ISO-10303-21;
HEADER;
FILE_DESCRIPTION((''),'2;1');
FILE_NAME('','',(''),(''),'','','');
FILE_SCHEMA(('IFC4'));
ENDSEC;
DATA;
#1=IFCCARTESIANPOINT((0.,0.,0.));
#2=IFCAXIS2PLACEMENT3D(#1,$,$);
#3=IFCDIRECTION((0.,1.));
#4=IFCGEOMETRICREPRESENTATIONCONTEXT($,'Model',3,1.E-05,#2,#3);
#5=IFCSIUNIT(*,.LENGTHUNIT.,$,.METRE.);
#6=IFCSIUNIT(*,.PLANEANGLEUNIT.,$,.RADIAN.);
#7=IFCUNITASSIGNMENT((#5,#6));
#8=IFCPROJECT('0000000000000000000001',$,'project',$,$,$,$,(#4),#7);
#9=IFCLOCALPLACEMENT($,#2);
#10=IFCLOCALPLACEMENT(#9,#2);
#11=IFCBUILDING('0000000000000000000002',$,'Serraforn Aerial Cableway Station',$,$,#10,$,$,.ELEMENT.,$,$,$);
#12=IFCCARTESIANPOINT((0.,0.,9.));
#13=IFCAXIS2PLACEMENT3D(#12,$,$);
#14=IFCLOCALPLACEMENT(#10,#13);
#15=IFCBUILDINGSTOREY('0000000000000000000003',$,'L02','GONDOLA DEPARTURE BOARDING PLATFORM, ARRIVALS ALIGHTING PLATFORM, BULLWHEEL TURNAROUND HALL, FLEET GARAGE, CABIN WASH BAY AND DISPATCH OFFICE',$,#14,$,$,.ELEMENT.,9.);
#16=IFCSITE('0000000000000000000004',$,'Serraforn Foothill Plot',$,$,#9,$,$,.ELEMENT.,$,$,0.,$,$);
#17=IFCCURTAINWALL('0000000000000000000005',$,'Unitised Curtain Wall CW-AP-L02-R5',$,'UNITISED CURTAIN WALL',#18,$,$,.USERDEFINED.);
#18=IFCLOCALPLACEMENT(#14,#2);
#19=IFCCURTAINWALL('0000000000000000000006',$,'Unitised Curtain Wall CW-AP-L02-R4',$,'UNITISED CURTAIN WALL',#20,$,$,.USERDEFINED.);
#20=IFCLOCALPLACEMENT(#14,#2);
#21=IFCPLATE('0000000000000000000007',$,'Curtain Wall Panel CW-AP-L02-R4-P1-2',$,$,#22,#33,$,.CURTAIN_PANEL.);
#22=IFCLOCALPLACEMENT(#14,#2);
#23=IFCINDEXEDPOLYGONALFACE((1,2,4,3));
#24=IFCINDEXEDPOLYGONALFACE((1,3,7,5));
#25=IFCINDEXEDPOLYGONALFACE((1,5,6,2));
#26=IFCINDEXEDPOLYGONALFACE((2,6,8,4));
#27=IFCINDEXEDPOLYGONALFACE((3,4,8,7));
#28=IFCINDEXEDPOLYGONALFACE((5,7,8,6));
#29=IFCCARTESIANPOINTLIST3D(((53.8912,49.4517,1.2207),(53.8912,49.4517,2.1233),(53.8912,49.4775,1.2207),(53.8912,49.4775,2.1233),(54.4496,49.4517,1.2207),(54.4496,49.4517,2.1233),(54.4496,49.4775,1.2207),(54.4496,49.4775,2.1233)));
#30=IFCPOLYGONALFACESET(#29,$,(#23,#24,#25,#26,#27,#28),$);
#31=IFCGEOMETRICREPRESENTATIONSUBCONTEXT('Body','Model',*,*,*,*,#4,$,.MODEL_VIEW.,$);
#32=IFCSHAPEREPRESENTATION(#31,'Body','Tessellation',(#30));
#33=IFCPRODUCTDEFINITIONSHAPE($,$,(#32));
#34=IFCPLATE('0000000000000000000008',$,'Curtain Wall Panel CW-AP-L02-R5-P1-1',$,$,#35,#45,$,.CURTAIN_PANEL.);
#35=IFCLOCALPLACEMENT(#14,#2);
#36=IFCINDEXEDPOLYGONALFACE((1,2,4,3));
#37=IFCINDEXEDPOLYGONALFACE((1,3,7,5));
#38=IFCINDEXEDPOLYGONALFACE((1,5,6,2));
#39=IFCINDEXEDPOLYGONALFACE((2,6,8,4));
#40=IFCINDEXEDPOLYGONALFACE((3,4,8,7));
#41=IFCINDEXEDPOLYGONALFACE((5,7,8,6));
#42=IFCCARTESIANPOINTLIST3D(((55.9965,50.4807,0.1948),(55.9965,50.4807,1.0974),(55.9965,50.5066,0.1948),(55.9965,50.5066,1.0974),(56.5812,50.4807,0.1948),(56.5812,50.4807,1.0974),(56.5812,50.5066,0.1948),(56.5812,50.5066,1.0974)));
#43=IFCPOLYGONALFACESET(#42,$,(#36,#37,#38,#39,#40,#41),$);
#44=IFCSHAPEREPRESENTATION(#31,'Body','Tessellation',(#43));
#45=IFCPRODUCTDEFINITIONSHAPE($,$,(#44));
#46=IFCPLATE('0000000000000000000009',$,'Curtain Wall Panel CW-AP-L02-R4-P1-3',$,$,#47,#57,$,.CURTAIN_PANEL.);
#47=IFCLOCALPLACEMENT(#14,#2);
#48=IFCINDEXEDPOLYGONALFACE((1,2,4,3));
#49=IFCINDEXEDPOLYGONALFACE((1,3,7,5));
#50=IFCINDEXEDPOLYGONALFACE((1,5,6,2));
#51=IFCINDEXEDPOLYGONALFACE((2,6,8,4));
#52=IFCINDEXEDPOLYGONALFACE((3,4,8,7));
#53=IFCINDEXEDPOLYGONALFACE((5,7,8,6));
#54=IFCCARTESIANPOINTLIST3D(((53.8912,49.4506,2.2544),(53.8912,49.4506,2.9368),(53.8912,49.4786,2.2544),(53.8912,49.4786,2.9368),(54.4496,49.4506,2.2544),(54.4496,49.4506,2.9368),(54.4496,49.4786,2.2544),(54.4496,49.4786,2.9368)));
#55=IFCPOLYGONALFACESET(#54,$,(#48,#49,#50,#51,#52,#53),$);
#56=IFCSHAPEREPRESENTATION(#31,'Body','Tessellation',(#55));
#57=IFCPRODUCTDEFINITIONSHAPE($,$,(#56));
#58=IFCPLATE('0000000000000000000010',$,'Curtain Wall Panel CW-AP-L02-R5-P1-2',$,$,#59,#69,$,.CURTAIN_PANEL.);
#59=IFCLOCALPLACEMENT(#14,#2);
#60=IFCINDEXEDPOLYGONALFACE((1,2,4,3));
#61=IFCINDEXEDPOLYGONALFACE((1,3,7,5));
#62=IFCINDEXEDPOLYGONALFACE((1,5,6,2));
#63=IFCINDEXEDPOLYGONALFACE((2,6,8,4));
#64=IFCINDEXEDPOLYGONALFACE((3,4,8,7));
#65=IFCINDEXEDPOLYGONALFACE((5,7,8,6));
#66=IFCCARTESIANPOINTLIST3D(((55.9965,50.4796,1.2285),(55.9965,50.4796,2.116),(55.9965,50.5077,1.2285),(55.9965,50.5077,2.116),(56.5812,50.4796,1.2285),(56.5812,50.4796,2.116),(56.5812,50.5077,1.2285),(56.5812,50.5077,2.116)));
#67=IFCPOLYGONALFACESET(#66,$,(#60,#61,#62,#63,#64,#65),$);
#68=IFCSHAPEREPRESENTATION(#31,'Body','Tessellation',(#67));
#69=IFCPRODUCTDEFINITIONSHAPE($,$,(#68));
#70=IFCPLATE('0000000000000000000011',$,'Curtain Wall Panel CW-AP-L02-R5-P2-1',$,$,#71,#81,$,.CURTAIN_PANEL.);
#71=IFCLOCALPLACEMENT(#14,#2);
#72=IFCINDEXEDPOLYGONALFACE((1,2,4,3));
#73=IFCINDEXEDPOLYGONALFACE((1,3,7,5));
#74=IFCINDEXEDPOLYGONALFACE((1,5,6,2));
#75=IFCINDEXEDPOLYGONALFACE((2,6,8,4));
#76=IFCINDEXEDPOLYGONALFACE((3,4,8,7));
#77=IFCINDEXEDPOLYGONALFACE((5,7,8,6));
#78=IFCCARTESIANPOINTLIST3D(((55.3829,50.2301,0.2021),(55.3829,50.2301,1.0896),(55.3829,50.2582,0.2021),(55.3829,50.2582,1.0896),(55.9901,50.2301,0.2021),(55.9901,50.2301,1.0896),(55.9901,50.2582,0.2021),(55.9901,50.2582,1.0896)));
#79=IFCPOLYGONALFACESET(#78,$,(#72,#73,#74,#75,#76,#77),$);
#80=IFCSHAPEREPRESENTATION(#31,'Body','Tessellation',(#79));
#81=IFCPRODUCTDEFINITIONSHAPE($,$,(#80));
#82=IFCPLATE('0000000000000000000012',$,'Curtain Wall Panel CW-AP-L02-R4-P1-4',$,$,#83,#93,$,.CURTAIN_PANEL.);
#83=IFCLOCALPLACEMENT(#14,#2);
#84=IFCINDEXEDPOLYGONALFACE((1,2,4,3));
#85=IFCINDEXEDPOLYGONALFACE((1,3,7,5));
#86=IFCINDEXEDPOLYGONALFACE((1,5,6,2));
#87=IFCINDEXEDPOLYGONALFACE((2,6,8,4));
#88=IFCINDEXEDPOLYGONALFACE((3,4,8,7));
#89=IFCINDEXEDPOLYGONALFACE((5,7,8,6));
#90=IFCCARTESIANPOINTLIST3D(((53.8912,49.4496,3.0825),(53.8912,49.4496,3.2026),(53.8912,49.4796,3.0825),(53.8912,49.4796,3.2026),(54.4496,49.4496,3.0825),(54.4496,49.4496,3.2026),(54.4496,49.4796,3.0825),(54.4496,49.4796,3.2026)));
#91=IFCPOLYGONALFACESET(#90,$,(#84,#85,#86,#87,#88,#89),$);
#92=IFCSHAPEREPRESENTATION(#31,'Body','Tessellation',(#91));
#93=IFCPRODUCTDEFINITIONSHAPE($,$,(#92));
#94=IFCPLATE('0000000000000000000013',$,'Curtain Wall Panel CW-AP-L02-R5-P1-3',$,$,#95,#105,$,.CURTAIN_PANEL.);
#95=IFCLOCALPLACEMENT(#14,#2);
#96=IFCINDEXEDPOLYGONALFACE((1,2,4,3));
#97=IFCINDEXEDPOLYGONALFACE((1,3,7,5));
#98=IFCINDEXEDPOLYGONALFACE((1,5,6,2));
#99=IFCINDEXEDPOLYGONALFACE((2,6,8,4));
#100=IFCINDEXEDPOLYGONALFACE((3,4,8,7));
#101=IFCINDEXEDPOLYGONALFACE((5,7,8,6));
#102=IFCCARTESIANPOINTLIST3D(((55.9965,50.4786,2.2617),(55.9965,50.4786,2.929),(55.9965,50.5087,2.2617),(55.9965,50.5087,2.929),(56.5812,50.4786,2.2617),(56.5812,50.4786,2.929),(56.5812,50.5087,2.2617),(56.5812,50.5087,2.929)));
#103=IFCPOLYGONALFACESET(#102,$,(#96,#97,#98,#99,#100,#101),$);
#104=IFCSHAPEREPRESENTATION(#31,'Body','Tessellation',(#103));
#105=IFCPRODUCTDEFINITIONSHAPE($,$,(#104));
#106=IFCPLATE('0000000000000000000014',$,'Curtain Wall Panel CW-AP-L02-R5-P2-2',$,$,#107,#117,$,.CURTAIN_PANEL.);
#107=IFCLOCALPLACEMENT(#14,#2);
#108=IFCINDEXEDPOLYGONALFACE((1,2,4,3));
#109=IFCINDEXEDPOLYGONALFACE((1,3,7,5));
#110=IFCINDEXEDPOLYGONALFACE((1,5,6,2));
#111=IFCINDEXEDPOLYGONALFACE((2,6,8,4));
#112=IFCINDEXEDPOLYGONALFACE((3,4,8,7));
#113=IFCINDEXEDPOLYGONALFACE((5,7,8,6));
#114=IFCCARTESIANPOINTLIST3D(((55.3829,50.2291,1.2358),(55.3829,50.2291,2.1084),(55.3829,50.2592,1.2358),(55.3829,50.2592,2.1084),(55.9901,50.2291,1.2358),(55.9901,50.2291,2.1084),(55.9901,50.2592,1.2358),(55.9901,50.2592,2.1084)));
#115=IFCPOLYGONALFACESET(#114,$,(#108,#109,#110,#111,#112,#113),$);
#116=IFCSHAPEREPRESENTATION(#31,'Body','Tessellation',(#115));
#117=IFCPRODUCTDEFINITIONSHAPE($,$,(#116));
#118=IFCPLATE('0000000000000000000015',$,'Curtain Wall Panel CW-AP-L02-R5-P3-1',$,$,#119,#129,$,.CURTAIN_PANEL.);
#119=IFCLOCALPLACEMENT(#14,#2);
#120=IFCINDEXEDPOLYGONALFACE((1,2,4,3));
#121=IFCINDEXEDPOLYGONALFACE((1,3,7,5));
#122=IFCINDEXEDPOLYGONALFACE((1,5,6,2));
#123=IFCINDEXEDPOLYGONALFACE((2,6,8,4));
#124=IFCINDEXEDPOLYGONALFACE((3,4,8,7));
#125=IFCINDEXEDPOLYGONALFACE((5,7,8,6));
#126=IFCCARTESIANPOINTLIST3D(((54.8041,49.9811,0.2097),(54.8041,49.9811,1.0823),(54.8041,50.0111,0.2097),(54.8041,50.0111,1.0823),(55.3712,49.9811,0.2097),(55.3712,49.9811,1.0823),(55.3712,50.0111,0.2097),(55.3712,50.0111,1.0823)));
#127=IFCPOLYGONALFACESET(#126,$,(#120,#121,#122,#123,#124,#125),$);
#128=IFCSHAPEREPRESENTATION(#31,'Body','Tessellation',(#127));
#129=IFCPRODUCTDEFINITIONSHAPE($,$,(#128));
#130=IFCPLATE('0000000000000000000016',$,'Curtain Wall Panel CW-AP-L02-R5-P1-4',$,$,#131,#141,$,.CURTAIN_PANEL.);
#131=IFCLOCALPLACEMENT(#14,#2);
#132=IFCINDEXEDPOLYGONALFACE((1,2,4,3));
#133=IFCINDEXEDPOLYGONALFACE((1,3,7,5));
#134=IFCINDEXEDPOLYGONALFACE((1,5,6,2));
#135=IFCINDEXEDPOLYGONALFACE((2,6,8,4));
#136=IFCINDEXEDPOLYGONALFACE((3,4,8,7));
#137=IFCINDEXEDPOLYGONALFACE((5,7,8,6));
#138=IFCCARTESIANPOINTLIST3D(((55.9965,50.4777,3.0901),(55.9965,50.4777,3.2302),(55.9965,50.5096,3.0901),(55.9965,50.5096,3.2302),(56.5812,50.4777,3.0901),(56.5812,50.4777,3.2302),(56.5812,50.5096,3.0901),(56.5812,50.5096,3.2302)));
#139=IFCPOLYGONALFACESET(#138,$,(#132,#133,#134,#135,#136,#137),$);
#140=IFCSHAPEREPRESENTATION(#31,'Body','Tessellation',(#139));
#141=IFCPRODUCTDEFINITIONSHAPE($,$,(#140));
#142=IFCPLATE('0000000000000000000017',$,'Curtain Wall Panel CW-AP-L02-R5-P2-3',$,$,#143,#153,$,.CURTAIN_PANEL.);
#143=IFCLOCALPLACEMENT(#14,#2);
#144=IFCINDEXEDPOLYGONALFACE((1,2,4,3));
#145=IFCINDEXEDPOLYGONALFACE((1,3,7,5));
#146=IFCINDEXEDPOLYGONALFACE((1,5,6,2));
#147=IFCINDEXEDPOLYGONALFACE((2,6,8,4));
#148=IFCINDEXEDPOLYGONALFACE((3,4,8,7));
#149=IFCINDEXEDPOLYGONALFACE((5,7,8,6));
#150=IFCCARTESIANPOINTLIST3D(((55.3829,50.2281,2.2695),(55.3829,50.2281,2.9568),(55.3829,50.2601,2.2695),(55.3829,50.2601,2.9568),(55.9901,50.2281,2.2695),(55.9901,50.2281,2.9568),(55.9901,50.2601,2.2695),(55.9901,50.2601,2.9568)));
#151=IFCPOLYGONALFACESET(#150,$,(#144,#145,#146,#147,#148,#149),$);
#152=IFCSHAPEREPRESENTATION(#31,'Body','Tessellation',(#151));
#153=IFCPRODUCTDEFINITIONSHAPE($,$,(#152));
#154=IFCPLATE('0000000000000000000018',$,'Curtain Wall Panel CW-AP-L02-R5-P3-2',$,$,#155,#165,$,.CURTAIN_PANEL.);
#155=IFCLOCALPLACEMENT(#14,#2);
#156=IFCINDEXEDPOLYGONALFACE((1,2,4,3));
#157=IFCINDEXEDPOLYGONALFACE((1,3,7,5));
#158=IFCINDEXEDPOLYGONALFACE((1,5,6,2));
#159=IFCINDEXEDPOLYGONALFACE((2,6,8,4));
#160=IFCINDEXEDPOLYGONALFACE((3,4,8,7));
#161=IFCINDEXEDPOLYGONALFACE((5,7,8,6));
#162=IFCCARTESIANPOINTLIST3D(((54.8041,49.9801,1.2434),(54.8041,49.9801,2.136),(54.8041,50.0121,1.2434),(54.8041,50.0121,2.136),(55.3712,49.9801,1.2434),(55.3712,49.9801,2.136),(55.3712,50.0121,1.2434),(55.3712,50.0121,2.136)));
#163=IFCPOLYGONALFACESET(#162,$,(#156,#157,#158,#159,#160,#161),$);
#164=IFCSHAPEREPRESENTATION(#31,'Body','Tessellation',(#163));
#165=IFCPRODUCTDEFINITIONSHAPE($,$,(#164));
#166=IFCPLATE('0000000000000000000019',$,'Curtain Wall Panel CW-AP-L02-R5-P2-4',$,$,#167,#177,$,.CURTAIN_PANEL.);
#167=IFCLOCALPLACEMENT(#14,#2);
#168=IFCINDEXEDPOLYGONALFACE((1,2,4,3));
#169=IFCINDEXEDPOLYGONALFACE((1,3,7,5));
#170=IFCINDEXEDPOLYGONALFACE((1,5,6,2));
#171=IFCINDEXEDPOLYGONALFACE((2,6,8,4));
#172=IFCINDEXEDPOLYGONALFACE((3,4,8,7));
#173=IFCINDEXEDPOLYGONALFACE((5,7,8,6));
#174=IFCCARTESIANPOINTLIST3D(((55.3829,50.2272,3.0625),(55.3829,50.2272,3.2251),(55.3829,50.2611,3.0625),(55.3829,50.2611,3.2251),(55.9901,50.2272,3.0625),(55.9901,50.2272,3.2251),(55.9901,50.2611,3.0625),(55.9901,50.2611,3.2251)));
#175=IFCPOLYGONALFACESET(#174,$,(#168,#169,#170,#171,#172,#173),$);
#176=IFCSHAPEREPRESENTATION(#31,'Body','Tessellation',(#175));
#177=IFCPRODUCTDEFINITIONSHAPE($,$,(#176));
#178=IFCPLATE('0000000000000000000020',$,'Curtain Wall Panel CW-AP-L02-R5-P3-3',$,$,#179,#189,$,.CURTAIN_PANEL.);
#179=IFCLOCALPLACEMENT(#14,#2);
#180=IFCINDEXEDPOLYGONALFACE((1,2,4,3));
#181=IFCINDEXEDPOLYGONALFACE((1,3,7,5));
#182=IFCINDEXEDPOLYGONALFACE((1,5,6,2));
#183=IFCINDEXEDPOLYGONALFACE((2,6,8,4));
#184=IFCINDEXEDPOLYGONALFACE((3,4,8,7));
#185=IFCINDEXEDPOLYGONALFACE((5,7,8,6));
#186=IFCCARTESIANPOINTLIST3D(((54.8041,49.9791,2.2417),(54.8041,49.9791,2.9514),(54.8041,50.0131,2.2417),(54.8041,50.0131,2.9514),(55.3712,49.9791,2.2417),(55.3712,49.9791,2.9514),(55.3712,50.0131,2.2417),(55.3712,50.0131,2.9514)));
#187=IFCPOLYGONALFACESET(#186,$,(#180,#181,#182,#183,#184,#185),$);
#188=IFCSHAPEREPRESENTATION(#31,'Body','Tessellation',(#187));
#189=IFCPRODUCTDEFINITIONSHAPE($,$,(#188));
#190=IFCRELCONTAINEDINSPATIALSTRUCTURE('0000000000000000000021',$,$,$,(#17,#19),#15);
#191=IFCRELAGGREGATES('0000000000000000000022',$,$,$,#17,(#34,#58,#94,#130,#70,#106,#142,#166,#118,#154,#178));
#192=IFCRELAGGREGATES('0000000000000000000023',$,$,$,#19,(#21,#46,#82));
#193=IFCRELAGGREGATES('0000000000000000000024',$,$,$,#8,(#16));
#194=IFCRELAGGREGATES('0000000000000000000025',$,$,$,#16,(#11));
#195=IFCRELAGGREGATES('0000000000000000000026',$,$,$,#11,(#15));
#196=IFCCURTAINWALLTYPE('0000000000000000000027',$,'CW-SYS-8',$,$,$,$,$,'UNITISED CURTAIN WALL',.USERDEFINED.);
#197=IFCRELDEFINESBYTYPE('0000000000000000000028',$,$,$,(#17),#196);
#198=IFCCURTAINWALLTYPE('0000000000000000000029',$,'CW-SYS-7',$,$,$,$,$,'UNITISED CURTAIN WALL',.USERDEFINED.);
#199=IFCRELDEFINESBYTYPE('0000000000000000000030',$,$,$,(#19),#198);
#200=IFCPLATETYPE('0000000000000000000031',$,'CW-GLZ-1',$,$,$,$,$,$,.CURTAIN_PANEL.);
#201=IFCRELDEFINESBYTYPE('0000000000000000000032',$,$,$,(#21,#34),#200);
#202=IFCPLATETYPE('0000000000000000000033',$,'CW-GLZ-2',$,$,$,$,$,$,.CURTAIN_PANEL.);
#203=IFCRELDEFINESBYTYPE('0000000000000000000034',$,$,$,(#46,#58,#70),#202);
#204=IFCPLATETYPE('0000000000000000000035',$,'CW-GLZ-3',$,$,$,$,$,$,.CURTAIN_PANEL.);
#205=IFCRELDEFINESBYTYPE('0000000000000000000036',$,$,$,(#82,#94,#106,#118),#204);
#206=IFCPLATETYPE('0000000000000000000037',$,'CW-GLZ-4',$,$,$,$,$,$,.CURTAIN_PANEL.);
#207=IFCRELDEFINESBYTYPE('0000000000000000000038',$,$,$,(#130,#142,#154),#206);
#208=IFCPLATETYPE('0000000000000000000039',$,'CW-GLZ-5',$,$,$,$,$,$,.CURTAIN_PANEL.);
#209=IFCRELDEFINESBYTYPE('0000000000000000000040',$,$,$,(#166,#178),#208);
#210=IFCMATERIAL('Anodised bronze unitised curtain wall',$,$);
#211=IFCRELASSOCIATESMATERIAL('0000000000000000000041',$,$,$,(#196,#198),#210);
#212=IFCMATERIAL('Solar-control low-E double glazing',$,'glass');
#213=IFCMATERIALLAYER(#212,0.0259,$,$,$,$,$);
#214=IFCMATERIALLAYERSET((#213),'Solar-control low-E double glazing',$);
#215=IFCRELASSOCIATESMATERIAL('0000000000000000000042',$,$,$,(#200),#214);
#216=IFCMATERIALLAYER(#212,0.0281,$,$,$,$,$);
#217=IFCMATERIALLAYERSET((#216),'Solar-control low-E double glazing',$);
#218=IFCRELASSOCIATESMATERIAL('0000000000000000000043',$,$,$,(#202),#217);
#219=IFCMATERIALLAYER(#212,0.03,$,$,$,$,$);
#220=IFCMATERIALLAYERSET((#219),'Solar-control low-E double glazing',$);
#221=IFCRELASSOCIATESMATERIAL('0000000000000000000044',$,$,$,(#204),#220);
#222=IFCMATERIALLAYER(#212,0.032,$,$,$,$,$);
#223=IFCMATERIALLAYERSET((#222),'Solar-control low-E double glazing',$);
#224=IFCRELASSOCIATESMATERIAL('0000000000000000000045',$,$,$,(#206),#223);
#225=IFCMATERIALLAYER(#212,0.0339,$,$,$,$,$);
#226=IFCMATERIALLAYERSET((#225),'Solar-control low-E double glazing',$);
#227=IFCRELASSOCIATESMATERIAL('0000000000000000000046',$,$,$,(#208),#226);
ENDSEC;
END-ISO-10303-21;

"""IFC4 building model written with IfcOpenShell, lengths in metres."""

from ifc_helpers import new_model, si_unit, direction, frame, origin, origin_2d, place, context, subcontext, project, spatial, rectangle, extrude, material, layer, layer_set, type_object, element, aggregate, save


model = new_model("IFC4")

# Units and contexts
model_context = context("Model", 3, precision=1e-05, world=origin(), true_north=direction((0.0, 1.0)))
body_context = subcontext(model_context, "Body", "Model", "MODEL_VIEW")
ifc_project = project(units=[si_unit("LENGTHUNIT", "METRE"), si_unit("PLANEANGLEUNIT", "RADIAN")], contexts=[model_context])

# Site, building, storey
site_placement = place(None, origin())
site = spatial("IfcSite", under=ifc_project, at=site_placement, Name="Serraforn Foothill Plot", CompositionType="ELEMENT", RefElevation=0.0)
building_placement = place(site_placement, origin())
building = spatial("IfcBuilding", under=site, at=building_placement, Name="Serraforn Aerial Cableway Station", CompositionType="ELEMENT")
storey_placement = place(building_placement, frame((0.0, 0.0, 9.0)))
storey = spatial("IfcBuildingStorey", under=building, at=storey_placement, Name="L02", Description="GONDOLA DEPARTURE BOARDING PLATFORM, ARRIVALS ALIGHTING PLATFORM, BULLWHEEL TURNAROUND HALL, FLEET GARAGE, CABIN WASH BAY AND DISPATCH OFFICE", CompositionType="ELEMENT", Elevation=9.0)

# Curtain walls
ifc_material_1 = material(Name="Anodised bronze unitised curtain wall")
curtain_wall_type_1 = type_object("IfcCurtainWallType", Name="CW-SYS-8", ElementType="UNITISED CURTAIN WALL", PredefinedType="USERDEFINED", material=ifc_material_1)
curtain_wall_1_placement = place(storey_placement, origin())
curtain_wall_1 = element("IfcCurtainWall", 1, at=curtain_wall_1_placement, inside=storey, type_object=curtain_wall_type_1, Name="Unitised Curtain Wall CW-AP-L02-R5", ObjectType="UNITISED CURTAIN WALL", PredefinedType="USERDEFINED")
curtain_wall_type_2 = type_object("IfcCurtainWallType", Name="CW-SYS-7", ElementType="UNITISED CURTAIN WALL", PredefinedType="USERDEFINED", material=ifc_material_1)
curtain_wall_2_placement = place(storey_placement, origin())
curtain_wall_2 = element("IfcCurtainWall", 2, at=curtain_wall_2_placement, inside=storey, type_object=curtain_wall_type_2, Name="Unitised Curtain Wall CW-AP-L02-R4", ObjectType="UNITISED CURTAIN WALL", PredefinedType="USERDEFINED")

# Plates
ifc_material_2 = material(Name="Solar-control low-E double glazing", Category="glass")
ifc_layer_1 = layer(ifc_material_2, 0.0259)
ifc_layer_set_1 = layer_set([ifc_layer_1], Name="Solar-control low-E double glazing")
plate_type_1 = type_object("IfcPlateType", Name="CW-GLZ-1", PredefinedType="CURTAIN_PANEL", material=ifc_layer_set_1)
plate_1_placement = place(storey_placement, frame((54.1704, 49.4646, 1.2207), z_axis=(0.0, 0.0, 1.0), x_axis=(1.0, 0.0, 0.0)))
plate_1 = element("IfcPlate", 3, at=plate_1_placement, type_object=plate_type_1, Name="Curtain Wall Panel CW-AP-L02-R4-P1-2", PredefinedType="CURTAIN_PANEL", context=body_context, shape_type="SweptSolid", body=[
    extrude(rectangle(XDim=0.5583, YDim=0.0259, at=origin_2d()), origin(), (0.0, 0.0, 1.0), 0.9026),
])
plate_2_placement = place(storey_placement, frame((56.2888, 50.4937, 0.1948), z_axis=(0.0, 0.0, 1.0), x_axis=(1.0, 0.0, 0.0)))
plate_2 = element("IfcPlate", 4, at=plate_2_placement, type_object=plate_type_1, Name="Curtain Wall Panel CW-AP-L02-R5-P1-1", PredefinedType="CURTAIN_PANEL", context=body_context, shape_type="SweptSolid", body=[
    extrude(rectangle(XDim=0.5847, YDim=0.0259, at=origin_2d()), origin(), (0.0, 0.0, 1.0), 0.9026),
])
ifc_layer_2 = layer(ifc_material_2, 0.0281)
ifc_layer_set_2 = layer_set([ifc_layer_2], Name="Solar-control low-E double glazing")
plate_type_2 = type_object("IfcPlateType", Name="CW-GLZ-2", PredefinedType="CURTAIN_PANEL", material=ifc_layer_set_2)
plate_3_placement = place(storey_placement, frame((54.1704, 49.4646, 2.2544), z_axis=(0.0, 0.0, 1.0), x_axis=(1.0, 0.0, 0.0)))
plate_3 = element("IfcPlate", 5, at=plate_3_placement, type_object=plate_type_2, Name="Curtain Wall Panel CW-AP-L02-R4-P1-3", PredefinedType="CURTAIN_PANEL", context=body_context, shape_type="SweptSolid", body=[
    extrude(rectangle(XDim=0.5583, YDim=0.0281, at=origin_2d()), origin(), (0.0, 0.0, 1.0), 0.6824),
])
plate_4_placement = place(storey_placement, frame((56.2888, 50.4937, 1.2285), z_axis=(0.0, 0.0, 1.0), x_axis=(1.0, 0.0, 0.0)))
plate_4 = element("IfcPlate", 6, at=plate_4_placement, type_object=plate_type_2, Name="Curtain Wall Panel CW-AP-L02-R5-P1-2", PredefinedType="CURTAIN_PANEL", context=body_context, shape_type="SweptSolid", body=[
    extrude(rectangle(XDim=0.5847, YDim=0.0281, at=origin_2d()), origin(), (0.0, 0.0, 1.0), 0.8875),
])
plate_5_placement = place(storey_placement, frame((55.6865, 50.2441, 0.2021), z_axis=(0.0, 0.0, 1.0), x_axis=(1.0, 0.0, 0.0)))
plate_5 = element("IfcPlate", 7, at=plate_5_placement, type_object=plate_type_2, Name="Curtain Wall Panel CW-AP-L02-R5-P2-1", PredefinedType="CURTAIN_PANEL", context=body_context, shape_type="SweptSolid", body=[
    extrude(rectangle(XDim=0.6072, YDim=0.0281, at=origin_2d()), origin(), (0.0, 0.0, 1.0), 0.8875),
])
ifc_layer_3 = layer(ifc_material_2, 0.03)
ifc_layer_set_3 = layer_set([ifc_layer_3], Name="Solar-control low-E double glazing")
plate_type_3 = type_object("IfcPlateType", Name="CW-GLZ-3", PredefinedType="CURTAIN_PANEL", material=ifc_layer_set_3)
plate_6_placement = place(storey_placement, frame((54.1704, 49.4646, 3.0825), z_axis=(0.0, 0.0, 1.0), x_axis=(1.0, 0.0, 0.0)))
plate_6 = element("IfcPlate", 8, at=plate_6_placement, type_object=plate_type_3, Name="Curtain Wall Panel CW-AP-L02-R4-P1-4", PredefinedType="CURTAIN_PANEL", context=body_context, shape_type="SweptSolid", body=[
    extrude(rectangle(XDim=0.5583, YDim=0.03, at=origin_2d()), origin(), (0.0, 0.0, 1.0), 0.1201),
])
plate_7_placement = place(storey_placement, frame((56.2888, 50.4937, 2.2617), z_axis=(0.0, 0.0, 1.0), x_axis=(1.0, 0.0, 0.0)))
plate_7 = element("IfcPlate", 9, at=plate_7_placement, type_object=plate_type_3, Name="Curtain Wall Panel CW-AP-L02-R5-P1-3", PredefinedType="CURTAIN_PANEL", context=body_context, shape_type="SweptSolid", body=[
    extrude(rectangle(XDim=0.5847, YDim=0.03, at=origin_2d()), origin(), (0.0, 0.0, 1.0), 0.6672),
])
plate_8_placement = place(storey_placement, frame((55.6865, 50.2441, 1.2358), z_axis=(0.0, 0.0, 1.0), x_axis=(1.0, 0.0, 0.0)))
plate_8 = element("IfcPlate", 10, at=plate_8_placement, type_object=plate_type_3, Name="Curtain Wall Panel CW-AP-L02-R5-P2-2", PredefinedType="CURTAIN_PANEL", context=body_context, shape_type="SweptSolid", body=[
    extrude(rectangle(XDim=0.6072, YDim=0.03, at=origin_2d()), origin(), (0.0, 0.0, 1.0), 0.8726),
])
plate_9_placement = place(storey_placement, frame((55.0876, 49.9961, 0.2097), z_axis=(0.0, 0.0, 1.0), x_axis=(1.0, 0.0, 0.0)))
plate_9 = element("IfcPlate", 11, at=plate_9_placement, type_object=plate_type_3, Name="Curtain Wall Panel CW-AP-L02-R5-P3-1", PredefinedType="CURTAIN_PANEL", context=body_context, shape_type="SweptSolid", body=[
    extrude(rectangle(XDim=0.5671, YDim=0.03, at=origin_2d()), origin(), (0.0, 0.0, 1.0), 0.8726),
])
ifc_layer_4 = layer(ifc_material_2, 0.032)
ifc_layer_set_4 = layer_set([ifc_layer_4], Name="Solar-control low-E double glazing")
plate_type_4 = type_object("IfcPlateType", Name="CW-GLZ-4", PredefinedType="CURTAIN_PANEL", material=ifc_layer_set_4)
plate_10_placement = place(storey_placement, frame((56.2888, 50.4937, 3.0901), z_axis=(0.0, 0.0, 1.0), x_axis=(1.0, 0.0, 0.0)))
plate_10 = element("IfcPlate", 12, at=plate_10_placement, type_object=plate_type_4, Name="Curtain Wall Panel CW-AP-L02-R5-P1-4", PredefinedType="CURTAIN_PANEL", context=body_context, shape_type="SweptSolid", body=[
    extrude(rectangle(XDim=0.5847, YDim=0.032, at=origin_2d()), origin(), (0.0, 0.0, 1.0), 0.1401),
])
plate_11_placement = place(storey_placement, frame((55.6865, 50.2441, 2.2695), z_axis=(0.0, 0.0, 1.0), x_axis=(1.0, 0.0, 0.0)))
plate_11 = element("IfcPlate", 13, at=plate_11_placement, type_object=plate_type_4, Name="Curtain Wall Panel CW-AP-L02-R5-P2-3", PredefinedType="CURTAIN_PANEL", context=body_context, shape_type="SweptSolid", body=[
    extrude(rectangle(XDim=0.6072, YDim=0.032, at=origin_2d()), origin(), (0.0, 0.0, 1.0), 0.6873),
])
plate_12_placement = place(storey_placement, frame((55.0876, 49.9961, 1.2434), z_axis=(0.0, 0.0, 1.0), x_axis=(1.0, 0.0, 0.0)))
plate_12 = element("IfcPlate", 14, at=plate_12_placement, type_object=plate_type_4, Name="Curtain Wall Panel CW-AP-L02-R5-P3-2", PredefinedType="CURTAIN_PANEL", context=body_context, shape_type="SweptSolid", body=[
    extrude(rectangle(XDim=0.5671, YDim=0.032, at=origin_2d()), origin(), (0.0, 0.0, 1.0), 0.8926),
])
ifc_layer_5 = layer(ifc_material_2, 0.0339)
ifc_layer_set_5 = layer_set([ifc_layer_5], Name="Solar-control low-E double glazing")
plate_type_5 = type_object("IfcPlateType", Name="CW-GLZ-5", PredefinedType="CURTAIN_PANEL", material=ifc_layer_set_5)
plate_13_placement = place(storey_placement, frame((55.6865, 50.2441, 3.0625), z_axis=(0.0, 0.0, 1.0), x_axis=(1.0, 0.0, 0.0)))
plate_13 = element("IfcPlate", 15, at=plate_13_placement, type_object=plate_type_5, Name="Curtain Wall Panel CW-AP-L02-R5-P2-4", PredefinedType="CURTAIN_PANEL", context=body_context, shape_type="SweptSolid", body=[
    extrude(rectangle(XDim=0.6072, YDim=0.0339, at=origin_2d()), origin(), (0.0, 0.0, 1.0), 0.1626),
])
plate_14_placement = place(storey_placement, frame((55.0876, 49.9961, 2.2417), z_axis=(0.0, 0.0, 1.0), x_axis=(1.0, 0.0, 0.0)))
plate_14 = element("IfcPlate", 16, at=plate_14_placement, type_object=plate_type_5, Name="Curtain Wall Panel CW-AP-L02-R5-P3-3", PredefinedType="CURTAIN_PANEL", context=body_context, shape_type="SweptSolid", body=[
    extrude(rectangle(XDim=0.5671, YDim=0.0339, at=origin_2d()), origin(), (0.0, 0.0, 1.0), 0.7097),
])
aggregate(curtain_wall_1, [plate_2, plate_4, plate_7, plate_10, plate_5, plate_8, plate_11, plate_13, plate_9, plate_12, plate_14])
aggregate(curtain_wall_2, [plate_1, plate_3, plate_6])

save(model, "model.ifc")
